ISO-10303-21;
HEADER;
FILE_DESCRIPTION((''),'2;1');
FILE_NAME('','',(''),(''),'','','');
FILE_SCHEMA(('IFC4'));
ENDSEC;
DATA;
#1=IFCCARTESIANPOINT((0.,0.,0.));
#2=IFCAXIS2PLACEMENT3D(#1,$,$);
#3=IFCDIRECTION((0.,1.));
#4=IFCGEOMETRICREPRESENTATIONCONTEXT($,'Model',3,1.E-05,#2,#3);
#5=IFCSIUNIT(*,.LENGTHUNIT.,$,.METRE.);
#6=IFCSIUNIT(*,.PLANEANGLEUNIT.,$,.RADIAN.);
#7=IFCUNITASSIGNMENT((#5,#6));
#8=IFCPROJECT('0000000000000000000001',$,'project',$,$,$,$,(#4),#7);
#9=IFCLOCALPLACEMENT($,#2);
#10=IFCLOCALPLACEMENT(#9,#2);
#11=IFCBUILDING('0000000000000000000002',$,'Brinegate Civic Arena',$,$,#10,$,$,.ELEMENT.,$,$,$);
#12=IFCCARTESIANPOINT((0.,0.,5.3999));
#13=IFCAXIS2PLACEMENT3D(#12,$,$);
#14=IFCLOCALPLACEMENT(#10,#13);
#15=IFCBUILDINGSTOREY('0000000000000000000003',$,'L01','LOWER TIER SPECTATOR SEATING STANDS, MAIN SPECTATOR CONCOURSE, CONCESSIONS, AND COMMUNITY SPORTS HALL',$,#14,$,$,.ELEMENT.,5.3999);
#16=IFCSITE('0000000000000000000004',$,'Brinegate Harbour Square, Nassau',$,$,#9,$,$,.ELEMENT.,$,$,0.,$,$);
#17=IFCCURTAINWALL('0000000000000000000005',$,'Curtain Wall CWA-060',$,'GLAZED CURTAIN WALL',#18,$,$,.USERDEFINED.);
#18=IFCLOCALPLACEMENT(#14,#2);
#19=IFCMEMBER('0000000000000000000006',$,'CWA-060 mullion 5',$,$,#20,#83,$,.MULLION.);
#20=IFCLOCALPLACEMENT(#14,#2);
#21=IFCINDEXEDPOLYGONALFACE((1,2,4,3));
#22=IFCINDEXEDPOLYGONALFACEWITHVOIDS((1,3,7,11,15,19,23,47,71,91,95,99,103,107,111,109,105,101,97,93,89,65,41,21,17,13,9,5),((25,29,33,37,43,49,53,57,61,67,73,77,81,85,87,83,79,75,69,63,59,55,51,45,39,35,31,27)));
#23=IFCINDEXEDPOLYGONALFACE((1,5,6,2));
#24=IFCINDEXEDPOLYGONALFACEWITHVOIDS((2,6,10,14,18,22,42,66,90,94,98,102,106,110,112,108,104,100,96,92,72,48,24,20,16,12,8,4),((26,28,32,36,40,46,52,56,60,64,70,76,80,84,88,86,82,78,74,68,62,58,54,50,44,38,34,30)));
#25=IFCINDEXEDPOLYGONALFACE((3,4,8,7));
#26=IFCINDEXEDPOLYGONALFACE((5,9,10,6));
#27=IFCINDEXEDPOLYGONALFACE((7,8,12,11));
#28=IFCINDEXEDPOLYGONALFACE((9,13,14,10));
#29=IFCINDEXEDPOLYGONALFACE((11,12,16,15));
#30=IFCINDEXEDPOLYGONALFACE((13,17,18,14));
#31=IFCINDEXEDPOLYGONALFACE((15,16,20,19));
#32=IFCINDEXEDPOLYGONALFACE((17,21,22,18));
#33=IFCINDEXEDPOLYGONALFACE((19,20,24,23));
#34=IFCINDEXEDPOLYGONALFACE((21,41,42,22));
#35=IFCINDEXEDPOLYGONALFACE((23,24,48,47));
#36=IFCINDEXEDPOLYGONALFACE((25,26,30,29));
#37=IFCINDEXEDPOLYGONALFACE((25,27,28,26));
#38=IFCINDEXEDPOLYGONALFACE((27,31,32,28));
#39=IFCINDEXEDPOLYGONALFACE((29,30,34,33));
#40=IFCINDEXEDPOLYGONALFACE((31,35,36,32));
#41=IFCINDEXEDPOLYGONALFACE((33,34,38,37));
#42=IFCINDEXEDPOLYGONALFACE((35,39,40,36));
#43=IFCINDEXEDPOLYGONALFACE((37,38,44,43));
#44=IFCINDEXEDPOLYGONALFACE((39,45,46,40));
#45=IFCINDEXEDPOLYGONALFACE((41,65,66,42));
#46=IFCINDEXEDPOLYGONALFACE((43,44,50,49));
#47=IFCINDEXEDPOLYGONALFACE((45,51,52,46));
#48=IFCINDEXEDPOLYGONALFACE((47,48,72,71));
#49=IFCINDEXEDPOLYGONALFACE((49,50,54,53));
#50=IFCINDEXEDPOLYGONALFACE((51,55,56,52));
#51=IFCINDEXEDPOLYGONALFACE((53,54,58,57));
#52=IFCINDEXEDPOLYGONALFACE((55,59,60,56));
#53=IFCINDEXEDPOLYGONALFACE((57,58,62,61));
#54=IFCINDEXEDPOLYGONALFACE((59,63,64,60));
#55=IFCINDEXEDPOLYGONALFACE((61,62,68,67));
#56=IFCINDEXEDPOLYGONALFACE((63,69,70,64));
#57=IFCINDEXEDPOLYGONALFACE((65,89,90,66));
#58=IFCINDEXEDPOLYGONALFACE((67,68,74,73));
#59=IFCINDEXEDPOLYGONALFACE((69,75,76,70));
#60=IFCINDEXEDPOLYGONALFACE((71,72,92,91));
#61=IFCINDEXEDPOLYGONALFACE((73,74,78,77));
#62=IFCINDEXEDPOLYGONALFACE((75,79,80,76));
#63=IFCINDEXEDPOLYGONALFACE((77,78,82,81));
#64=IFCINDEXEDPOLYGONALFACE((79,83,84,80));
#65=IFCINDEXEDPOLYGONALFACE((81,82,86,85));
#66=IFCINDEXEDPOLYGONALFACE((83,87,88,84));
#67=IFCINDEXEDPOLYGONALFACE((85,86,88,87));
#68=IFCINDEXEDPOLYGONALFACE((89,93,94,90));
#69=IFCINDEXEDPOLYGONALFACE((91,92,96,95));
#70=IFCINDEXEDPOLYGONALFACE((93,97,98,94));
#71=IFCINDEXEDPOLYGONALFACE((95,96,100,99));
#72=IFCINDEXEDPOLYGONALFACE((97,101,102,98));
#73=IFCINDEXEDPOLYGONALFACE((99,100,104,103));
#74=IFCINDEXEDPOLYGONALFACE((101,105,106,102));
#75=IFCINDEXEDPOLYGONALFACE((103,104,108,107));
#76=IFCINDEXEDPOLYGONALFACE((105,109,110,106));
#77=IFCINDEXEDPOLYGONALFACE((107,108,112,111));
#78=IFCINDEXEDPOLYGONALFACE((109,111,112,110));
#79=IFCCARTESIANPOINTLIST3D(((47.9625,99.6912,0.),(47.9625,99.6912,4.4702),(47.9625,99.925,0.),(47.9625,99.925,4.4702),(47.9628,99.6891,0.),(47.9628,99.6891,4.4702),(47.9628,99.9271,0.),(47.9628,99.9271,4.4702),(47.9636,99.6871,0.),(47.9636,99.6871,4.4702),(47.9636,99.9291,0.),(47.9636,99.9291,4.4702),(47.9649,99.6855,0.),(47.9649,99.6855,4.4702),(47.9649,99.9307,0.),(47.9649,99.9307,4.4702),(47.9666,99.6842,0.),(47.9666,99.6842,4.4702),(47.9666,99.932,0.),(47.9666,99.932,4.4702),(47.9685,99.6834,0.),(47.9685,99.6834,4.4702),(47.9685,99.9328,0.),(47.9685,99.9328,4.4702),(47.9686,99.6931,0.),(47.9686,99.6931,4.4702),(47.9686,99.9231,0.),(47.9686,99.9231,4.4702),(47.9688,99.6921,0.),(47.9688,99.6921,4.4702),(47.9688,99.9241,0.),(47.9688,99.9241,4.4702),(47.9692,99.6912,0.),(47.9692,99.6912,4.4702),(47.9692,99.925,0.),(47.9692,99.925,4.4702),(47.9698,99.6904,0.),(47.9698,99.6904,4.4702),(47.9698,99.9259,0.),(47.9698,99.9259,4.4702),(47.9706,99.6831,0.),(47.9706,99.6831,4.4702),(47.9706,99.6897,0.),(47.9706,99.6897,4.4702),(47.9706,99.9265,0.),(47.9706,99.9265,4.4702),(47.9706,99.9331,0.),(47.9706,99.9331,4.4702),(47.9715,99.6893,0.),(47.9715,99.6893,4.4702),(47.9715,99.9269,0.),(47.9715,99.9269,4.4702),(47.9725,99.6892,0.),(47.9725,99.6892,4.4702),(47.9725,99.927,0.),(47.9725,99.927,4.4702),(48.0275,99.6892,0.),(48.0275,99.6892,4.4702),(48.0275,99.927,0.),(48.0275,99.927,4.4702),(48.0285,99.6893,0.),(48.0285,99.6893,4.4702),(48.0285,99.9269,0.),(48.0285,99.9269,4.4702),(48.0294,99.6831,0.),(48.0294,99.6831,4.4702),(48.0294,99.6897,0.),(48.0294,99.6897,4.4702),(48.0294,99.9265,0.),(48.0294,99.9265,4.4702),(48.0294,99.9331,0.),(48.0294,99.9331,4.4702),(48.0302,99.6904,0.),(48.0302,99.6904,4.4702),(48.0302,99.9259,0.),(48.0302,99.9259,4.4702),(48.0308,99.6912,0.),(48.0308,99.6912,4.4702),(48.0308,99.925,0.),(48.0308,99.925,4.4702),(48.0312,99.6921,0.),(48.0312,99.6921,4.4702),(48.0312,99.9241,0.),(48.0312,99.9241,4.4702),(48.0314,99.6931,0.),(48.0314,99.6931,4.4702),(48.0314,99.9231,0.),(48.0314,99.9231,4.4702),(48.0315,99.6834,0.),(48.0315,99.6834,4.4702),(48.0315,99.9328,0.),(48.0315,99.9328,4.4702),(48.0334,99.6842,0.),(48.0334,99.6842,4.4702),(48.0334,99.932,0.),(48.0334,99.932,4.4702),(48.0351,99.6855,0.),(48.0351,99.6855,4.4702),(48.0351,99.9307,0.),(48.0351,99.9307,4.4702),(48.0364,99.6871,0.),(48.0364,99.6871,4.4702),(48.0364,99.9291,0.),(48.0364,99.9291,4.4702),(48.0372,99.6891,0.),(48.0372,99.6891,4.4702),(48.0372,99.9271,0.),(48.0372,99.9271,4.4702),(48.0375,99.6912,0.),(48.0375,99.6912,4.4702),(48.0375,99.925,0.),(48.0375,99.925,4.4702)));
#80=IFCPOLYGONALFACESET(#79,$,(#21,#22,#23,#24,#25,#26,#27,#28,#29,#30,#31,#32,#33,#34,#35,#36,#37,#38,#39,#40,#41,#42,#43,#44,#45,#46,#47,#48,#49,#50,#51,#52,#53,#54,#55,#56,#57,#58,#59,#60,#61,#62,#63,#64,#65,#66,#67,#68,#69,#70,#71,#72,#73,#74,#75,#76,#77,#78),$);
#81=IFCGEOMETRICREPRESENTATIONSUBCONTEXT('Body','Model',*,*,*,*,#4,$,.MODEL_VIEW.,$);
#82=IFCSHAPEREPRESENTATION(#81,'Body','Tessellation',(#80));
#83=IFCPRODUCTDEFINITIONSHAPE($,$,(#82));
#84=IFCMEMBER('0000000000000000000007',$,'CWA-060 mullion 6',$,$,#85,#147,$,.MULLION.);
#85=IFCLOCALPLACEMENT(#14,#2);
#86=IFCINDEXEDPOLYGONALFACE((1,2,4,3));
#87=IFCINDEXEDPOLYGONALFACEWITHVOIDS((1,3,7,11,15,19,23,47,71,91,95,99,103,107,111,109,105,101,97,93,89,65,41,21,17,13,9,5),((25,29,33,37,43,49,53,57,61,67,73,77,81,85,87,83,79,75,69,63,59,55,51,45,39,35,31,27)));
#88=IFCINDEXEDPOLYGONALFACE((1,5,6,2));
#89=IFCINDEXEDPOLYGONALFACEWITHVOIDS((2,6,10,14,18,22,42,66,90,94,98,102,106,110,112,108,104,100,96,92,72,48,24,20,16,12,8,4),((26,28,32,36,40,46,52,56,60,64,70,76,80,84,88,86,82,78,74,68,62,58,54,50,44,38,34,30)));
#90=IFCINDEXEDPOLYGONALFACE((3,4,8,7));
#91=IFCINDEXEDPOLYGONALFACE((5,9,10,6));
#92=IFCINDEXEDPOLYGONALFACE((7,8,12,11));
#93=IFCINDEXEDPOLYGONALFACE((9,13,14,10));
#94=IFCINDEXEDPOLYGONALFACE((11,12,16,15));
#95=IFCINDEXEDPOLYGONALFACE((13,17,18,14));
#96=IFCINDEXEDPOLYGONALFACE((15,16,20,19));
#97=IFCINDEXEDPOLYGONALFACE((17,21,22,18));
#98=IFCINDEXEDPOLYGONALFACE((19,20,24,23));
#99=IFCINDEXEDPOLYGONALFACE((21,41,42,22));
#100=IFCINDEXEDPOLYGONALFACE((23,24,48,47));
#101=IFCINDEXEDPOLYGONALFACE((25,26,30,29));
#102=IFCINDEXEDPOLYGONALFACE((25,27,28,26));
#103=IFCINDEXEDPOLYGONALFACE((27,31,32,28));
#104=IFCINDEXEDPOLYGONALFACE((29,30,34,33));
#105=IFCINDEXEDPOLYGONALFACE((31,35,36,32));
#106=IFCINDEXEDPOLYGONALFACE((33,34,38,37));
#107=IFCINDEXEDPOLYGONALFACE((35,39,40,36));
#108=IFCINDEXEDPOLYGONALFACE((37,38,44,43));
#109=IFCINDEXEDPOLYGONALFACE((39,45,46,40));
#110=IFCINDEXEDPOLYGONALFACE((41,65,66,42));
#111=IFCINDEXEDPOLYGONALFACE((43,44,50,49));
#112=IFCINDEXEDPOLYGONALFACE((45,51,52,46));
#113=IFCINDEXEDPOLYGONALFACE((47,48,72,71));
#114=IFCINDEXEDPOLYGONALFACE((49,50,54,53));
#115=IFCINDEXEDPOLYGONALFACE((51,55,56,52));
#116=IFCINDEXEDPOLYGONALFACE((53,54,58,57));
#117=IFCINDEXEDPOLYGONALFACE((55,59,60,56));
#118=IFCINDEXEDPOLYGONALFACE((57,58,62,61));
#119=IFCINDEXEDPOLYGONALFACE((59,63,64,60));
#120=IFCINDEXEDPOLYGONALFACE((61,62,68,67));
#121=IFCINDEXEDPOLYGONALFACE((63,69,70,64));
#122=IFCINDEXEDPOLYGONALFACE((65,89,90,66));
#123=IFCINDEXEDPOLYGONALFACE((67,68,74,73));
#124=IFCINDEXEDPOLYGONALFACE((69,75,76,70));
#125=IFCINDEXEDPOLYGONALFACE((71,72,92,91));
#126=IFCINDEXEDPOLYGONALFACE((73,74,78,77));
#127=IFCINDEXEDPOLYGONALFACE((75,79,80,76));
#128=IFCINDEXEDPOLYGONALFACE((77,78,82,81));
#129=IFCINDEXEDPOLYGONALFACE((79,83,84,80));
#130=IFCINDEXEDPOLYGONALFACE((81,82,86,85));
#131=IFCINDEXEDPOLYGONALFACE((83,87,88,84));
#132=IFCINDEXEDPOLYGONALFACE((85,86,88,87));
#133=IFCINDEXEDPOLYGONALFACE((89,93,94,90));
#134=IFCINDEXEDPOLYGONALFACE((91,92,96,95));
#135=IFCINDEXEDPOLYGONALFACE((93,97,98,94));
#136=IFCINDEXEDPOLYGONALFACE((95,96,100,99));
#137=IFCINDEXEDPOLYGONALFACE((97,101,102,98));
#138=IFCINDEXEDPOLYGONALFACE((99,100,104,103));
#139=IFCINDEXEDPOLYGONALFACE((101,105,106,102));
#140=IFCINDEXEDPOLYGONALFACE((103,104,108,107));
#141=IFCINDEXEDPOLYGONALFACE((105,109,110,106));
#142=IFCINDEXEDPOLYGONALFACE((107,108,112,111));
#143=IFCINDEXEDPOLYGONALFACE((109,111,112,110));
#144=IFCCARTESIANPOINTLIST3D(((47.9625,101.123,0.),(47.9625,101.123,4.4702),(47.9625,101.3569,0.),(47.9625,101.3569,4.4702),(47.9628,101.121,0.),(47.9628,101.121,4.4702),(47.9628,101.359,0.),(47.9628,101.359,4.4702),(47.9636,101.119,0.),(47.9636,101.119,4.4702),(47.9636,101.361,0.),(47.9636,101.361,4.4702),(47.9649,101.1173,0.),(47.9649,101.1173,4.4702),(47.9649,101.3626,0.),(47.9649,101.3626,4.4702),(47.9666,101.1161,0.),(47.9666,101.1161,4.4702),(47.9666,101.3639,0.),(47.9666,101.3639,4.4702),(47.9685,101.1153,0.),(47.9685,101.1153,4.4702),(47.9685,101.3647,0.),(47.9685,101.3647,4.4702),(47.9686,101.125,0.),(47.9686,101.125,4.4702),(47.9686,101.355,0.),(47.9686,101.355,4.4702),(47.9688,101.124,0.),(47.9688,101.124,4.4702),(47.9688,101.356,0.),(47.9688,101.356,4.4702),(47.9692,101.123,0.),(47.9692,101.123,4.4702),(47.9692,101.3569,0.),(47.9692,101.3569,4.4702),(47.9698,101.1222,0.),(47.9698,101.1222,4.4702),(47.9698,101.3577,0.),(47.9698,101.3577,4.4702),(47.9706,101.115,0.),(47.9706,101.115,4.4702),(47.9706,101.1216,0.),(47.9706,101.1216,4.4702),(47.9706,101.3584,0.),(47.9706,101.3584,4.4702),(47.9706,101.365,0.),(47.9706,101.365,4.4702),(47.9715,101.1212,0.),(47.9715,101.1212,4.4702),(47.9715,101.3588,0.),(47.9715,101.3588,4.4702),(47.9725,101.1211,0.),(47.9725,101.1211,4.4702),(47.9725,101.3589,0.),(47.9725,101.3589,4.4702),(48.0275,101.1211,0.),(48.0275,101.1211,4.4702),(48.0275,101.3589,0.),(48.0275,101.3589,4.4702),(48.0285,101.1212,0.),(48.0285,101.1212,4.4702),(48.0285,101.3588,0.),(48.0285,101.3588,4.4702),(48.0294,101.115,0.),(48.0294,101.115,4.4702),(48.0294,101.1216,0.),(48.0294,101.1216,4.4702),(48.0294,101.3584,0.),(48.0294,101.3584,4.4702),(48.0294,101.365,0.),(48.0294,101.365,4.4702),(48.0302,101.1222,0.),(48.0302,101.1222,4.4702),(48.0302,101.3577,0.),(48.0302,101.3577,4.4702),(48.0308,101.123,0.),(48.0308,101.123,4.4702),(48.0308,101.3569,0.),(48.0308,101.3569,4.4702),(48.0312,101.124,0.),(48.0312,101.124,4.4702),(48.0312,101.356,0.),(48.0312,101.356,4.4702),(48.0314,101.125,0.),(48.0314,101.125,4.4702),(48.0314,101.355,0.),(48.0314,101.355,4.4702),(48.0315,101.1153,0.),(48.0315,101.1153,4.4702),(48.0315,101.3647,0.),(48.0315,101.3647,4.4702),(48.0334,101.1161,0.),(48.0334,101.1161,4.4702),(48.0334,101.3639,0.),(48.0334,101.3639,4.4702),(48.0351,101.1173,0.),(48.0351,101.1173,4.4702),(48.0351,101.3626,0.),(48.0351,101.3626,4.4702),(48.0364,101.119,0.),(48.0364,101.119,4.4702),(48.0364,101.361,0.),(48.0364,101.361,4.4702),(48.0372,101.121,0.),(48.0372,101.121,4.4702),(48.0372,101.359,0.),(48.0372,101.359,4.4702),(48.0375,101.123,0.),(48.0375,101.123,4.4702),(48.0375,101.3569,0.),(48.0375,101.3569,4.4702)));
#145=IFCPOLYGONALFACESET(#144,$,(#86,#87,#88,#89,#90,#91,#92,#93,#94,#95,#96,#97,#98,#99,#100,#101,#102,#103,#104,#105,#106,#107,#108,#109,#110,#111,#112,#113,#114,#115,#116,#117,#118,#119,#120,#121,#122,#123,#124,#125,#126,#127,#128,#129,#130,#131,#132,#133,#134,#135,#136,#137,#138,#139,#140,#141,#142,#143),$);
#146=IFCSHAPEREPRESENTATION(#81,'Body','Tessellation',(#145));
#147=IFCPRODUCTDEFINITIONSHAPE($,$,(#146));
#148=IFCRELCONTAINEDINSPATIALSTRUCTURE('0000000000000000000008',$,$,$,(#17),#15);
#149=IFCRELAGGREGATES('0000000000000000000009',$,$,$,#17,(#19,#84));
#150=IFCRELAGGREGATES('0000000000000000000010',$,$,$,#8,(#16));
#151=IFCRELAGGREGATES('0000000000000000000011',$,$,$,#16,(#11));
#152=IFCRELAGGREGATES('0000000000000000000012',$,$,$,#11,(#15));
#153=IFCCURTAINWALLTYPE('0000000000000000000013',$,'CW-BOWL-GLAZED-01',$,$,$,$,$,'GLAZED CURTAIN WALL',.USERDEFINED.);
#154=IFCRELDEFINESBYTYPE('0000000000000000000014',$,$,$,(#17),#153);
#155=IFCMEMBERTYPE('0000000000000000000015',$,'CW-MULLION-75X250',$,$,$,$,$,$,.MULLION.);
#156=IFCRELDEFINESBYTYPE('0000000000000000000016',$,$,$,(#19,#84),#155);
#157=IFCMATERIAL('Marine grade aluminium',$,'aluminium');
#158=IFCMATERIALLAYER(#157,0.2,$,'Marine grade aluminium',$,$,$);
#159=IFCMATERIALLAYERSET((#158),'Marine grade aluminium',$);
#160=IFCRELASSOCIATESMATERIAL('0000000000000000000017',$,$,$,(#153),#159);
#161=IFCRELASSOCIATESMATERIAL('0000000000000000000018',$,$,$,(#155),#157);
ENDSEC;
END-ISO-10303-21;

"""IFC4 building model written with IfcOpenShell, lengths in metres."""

from ifc_helpers import new_model, si_unit, direction, frame, origin, origin_2d, place, context, subcontext, project, spatial, hollow_rectangle, extrude, material, layer, layer_set, material_profile, profile_set, type_object, element, aggregate, save


model = new_model("IFC4")

# Units and contexts
model_context = context("Model", 3, precision=1e-05, world=origin(), true_north=direction((0.0, 1.0)))
body_context = subcontext(model_context, "Body", "Model", "MODEL_VIEW")
ifc_project = project(units=[si_unit("LENGTHUNIT", "METRE"), si_unit("PLANEANGLEUNIT", "RADIAN")], contexts=[model_context])

# Site, building, storey
site_placement = place(None, origin())
site = spatial("IfcSite", under=ifc_project, at=site_placement, Name="Brinegate Harbour Square, Nassau", CompositionType="ELEMENT", RefElevation=0.0)
building_placement = place(site_placement, origin())
building = spatial("IfcBuilding", under=site, at=building_placement, Name="Brinegate Civic Arena", CompositionType="ELEMENT")
storey_placement = place(building_placement, frame((0.0, 0.0, 5.3999)))
storey = spatial("IfcBuildingStorey", under=building, at=storey_placement, Name="L01", Description="LOWER TIER SPECTATOR SEATING STANDS, MAIN SPECTATOR CONCOURSE, CONCESSIONS, AND COMMUNITY SPORTS HALL", CompositionType="ELEMENT", Elevation=5.3999)

# Curtain wall, members
ifc_material_1 = material(Name="Marine grade aluminium", Category="aluminium")
ifc_layer_1 = layer(ifc_material_1, 0.2, Name="Marine grade aluminium")
ifc_layer_set_1 = layer_set([ifc_layer_1], Name="Marine grade aluminium")
curtain_wall_type = type_object("IfcCurtainWallType", Name="CW-BOWL-GLAZED-01", ElementType="GLAZED CURTAIN WALL", PredefinedType="USERDEFINED", material=ifc_layer_set_1)
curtain_wall_placement = place(storey_placement, origin())
curtain_wall = element("IfcCurtainWall", 1, at=curtain_wall_placement, inside=storey, type_object=curtain_wall_type, Name="Curtain Wall CWA-060", ObjectType="GLAZED CURTAIN WALL", PredefinedType="USERDEFINED")
ifc_material_profile_1 = material_profile(ifc_material_1, hollow_rectangle(XDim=0.075, YDim=0.25, WallThickness=0.0061, InnerFilletRadius=0.0039, OuterFilletRadius=0.0081, at=origin_2d()), Name="MUL75X250")
ifc_profile_set_1 = profile_set([ifc_material_profile_1], Name="Marine grade aluminium")
member_type_1 = type_object("IfcMemberType", Name="CW-MULLION-75X250", PredefinedType="MULLION", material=ifc_profile_set_1)
member_1_placement = place(storey_placement, frame((48.0, 99.8081, 0.0), z_axis=(0.0, 0.0, 1.0), x_axis=(-1.0, 0.0, 0.0)))
member_1 = element("IfcMember", 2, at=member_1_placement, type_object=member_type_1, Name="CWA-060 mullion 5", PredefinedType="MULLION", context=body_context, shape_type="SweptSolid", body=[
    extrude(hollow_rectangle(XDim=0.075, YDim=0.25, WallThickness=0.0061, InnerFilletRadius=0.0039, OuterFilletRadius=0.0081, at=origin_2d()), origin(), (0.0, 0.0, 1.0), 4.4702),
])
member_2_placement = place(storey_placement, frame((48.0, 101.24, 0.0), z_axis=(0.0, 0.0, 1.0), x_axis=(-1.0, 0.0, 0.0)))
member_2 = element("IfcMember", 3, at=member_2_placement, type_object=member_type_1, Name="CWA-060 mullion 6", PredefinedType="MULLION", context=body_context, shape_type="SweptSolid", body=[
    extrude(hollow_rectangle(XDim=0.075, YDim=0.25, WallThickness=0.0061, InnerFilletRadius=0.0039, OuterFilletRadius=0.0081, at=origin_2d()), origin(), (0.0, 0.0, 1.0), 4.4702),
])

aggregate(curtain_wall, [member_1, member_2])

save(model, "model.ifc")
